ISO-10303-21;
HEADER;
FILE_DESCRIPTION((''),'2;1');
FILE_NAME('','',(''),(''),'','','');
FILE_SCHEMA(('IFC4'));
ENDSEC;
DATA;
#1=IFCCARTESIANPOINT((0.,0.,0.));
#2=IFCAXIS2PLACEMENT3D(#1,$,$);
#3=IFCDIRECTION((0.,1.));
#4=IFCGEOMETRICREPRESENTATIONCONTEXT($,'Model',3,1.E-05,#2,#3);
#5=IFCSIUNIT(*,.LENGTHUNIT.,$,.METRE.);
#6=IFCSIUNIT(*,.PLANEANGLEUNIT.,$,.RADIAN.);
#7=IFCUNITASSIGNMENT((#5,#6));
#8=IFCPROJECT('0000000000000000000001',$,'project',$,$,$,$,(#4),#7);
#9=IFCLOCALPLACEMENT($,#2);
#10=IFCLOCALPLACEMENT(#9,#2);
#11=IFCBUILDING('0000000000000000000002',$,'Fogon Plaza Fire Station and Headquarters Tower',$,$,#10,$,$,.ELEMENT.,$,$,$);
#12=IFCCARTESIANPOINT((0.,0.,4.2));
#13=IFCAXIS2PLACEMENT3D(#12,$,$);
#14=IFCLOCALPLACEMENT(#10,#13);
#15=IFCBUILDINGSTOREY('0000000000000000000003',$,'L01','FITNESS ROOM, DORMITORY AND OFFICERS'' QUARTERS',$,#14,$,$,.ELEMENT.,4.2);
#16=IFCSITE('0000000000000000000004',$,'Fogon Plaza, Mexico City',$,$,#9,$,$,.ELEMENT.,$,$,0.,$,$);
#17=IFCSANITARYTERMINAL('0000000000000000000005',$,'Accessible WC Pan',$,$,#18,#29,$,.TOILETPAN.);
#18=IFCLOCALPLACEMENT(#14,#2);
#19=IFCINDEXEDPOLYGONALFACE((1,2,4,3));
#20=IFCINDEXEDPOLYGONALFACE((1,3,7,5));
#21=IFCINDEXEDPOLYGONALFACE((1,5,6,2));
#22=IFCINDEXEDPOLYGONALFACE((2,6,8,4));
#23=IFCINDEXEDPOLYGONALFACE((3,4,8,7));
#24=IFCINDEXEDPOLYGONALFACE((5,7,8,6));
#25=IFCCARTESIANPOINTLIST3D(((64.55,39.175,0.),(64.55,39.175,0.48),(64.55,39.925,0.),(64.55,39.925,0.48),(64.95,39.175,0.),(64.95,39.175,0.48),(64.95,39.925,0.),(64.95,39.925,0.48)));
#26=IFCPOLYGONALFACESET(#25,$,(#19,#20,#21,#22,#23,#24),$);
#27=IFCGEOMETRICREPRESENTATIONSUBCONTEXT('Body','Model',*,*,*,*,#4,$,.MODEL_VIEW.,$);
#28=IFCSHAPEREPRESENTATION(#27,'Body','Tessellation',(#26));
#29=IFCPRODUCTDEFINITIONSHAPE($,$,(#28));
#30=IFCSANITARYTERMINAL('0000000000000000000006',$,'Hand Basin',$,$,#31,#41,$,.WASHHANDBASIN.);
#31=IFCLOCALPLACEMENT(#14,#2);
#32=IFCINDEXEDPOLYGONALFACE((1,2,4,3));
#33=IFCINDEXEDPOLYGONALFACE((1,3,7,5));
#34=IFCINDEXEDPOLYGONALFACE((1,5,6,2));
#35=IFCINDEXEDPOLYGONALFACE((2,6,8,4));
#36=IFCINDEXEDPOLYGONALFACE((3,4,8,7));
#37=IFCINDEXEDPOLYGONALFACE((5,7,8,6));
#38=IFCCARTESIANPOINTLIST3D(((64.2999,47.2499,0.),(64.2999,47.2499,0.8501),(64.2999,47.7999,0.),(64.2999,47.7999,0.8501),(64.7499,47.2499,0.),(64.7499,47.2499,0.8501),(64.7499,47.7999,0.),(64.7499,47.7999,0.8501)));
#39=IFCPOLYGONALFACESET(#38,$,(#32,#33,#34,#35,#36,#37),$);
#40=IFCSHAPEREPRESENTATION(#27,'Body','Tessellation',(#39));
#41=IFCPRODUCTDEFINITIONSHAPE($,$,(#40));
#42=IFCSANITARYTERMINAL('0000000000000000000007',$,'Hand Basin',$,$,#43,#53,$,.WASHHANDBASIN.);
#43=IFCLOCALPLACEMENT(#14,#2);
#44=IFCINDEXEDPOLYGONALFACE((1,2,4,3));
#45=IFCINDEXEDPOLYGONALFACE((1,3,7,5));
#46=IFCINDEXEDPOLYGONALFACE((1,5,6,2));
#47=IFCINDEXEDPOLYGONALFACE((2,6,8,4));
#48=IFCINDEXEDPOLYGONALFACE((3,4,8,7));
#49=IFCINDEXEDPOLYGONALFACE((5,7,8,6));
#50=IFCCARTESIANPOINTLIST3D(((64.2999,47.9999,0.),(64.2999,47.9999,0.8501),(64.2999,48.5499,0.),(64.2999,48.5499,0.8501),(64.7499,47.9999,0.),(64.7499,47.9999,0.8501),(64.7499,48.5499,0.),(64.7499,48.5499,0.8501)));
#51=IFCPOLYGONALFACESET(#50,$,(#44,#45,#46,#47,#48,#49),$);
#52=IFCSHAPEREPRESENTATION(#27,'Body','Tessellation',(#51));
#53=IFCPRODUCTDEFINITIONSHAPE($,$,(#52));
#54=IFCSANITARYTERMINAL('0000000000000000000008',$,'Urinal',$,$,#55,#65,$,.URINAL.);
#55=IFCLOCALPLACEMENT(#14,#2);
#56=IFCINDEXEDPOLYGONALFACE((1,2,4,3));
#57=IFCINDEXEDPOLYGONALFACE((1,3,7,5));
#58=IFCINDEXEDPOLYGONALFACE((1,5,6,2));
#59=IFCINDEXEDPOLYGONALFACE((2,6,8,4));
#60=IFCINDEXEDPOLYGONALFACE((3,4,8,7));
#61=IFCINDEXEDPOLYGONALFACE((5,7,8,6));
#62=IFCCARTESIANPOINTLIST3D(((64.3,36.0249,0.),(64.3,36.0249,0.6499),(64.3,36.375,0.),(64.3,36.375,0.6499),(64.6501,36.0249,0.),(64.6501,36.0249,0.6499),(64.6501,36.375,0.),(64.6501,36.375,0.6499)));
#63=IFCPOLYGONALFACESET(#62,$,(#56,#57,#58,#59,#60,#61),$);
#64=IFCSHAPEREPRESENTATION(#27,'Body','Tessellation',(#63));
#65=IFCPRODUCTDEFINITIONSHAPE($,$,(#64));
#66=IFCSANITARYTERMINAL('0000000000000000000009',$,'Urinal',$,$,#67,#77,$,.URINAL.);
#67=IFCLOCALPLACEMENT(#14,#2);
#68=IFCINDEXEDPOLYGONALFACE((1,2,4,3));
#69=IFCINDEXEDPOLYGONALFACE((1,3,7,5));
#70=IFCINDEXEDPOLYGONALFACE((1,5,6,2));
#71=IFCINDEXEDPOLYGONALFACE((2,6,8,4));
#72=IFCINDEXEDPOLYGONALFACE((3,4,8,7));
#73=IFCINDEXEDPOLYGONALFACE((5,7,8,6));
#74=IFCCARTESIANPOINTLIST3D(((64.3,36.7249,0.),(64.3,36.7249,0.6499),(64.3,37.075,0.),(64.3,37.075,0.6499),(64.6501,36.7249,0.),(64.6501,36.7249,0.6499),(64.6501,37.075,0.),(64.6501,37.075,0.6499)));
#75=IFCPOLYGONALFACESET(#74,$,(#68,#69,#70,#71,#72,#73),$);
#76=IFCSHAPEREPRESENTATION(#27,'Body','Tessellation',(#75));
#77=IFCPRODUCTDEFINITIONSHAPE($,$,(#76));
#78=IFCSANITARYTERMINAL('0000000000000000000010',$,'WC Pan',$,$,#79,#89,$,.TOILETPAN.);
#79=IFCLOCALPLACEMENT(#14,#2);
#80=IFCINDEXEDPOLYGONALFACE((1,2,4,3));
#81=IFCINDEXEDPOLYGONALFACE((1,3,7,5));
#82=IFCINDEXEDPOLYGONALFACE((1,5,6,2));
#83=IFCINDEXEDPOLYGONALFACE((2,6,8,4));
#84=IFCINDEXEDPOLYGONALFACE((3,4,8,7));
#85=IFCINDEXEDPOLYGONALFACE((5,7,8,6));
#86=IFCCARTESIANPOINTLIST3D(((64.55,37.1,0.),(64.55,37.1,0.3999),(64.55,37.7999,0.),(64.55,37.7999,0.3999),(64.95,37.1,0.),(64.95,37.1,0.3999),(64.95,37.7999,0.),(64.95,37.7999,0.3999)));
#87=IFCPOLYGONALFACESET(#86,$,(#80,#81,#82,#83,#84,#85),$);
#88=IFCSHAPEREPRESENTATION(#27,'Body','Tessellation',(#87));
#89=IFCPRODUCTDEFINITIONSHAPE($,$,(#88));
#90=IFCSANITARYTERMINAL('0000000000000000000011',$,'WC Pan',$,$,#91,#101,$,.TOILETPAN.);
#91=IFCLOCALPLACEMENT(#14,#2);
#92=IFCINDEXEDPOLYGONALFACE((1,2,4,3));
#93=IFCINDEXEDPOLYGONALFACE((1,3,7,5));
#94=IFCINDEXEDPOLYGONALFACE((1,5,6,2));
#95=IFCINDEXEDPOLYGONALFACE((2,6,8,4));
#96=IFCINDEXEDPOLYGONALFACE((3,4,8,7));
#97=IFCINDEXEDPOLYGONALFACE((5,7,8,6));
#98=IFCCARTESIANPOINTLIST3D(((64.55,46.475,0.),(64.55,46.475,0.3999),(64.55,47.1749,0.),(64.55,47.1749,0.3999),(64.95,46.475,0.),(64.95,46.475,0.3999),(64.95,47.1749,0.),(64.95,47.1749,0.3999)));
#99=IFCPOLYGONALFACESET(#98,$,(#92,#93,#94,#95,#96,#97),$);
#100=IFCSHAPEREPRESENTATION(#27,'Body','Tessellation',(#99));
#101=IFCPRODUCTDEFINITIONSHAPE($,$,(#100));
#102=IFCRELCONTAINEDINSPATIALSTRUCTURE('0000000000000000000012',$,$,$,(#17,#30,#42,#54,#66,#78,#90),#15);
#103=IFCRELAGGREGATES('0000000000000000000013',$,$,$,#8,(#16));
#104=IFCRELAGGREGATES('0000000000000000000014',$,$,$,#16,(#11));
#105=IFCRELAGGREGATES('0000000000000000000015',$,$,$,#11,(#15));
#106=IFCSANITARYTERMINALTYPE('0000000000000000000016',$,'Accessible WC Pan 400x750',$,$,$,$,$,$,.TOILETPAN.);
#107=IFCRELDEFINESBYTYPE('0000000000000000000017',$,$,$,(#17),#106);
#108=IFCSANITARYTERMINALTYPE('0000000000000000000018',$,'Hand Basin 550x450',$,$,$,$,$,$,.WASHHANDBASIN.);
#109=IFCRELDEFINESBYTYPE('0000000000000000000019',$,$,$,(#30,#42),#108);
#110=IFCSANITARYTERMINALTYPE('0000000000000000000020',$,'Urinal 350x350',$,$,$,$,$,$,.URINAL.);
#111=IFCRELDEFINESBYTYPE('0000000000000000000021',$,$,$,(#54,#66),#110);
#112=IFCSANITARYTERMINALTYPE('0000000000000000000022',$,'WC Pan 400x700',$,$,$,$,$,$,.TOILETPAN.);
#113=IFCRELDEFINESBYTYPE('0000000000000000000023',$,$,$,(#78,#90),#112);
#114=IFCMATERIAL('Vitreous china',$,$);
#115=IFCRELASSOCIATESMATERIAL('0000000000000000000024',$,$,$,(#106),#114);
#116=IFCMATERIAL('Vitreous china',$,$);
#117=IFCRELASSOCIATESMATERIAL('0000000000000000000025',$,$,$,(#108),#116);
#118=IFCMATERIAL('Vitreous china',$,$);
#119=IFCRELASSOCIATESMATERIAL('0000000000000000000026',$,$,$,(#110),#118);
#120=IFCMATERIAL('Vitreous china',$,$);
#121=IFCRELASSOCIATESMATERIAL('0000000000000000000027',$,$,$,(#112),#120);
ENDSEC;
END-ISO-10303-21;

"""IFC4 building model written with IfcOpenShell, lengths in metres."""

from ifc_helpers import new_model, si_unit, direction, frame, origin, origin_2d, place, context, subcontext, project, spatial, rectangle, extrude, material, type_object, element, save


model = new_model("IFC4")

# Units and contexts
model_context = context("Model", 3, precision=1e-05, world=origin(), true_north=direction((0.0, 1.0)))
body_context = subcontext(model_context, "Body", "Model", "MODEL_VIEW")
ifc_project = project(units=[si_unit("LENGTHUNIT", "METRE"), si_unit("PLANEANGLEUNIT", "RADIAN")], contexts=[model_context])

# Site, building, storey
site_placement = place(None, origin())
site = spatial("IfcSite", under=ifc_project, at=site_placement, Name="Fogon Plaza, Mexico City", CompositionType="ELEMENT", RefElevation=0.0)
building_placement = place(site_placement, origin())
building = spatial("IfcBuilding", under=site, at=building_placement, Name="Fogon Plaza Fire Station and Headquarters Tower", CompositionType="ELEMENT")
storey_placement = place(building_placement, frame((0.0, 0.0, 4.2)))
storey = spatial("IfcBuildingStorey", under=building, at=storey_placement, Name="L01", Description="FITNESS ROOM, DORMITORY AND OFFICERS' QUARTERS", CompositionType="ELEMENT", Elevation=4.2)

# Sanitary terminals
ifc_material_1 = material(Name="Vitreous china")
sanitary_terminal_type_1 = type_object("IfcSanitaryTerminalType", Name="Accessible WC Pan 400x750", PredefinedType="TOILETPAN", material=ifc_material_1)
sanitary_terminal_1_placement = place(storey_placement, frame((64.75, 39.55, 0.0), z_axis=(0.0, 0.0, 1.0), x_axis=(1.0, 0.0, 0.0)))
element("IfcSanitaryTerminal", 1, at=sanitary_terminal_1_placement, inside=storey, type_object=sanitary_terminal_type_1, Name="Accessible WC Pan", PredefinedType="TOILETPAN", context=body_context, shape_type="SweptSolid", body=[
    extrude(rectangle(XDim=0.3999, YDim=0.75, at=origin_2d()), origin(), (0.0, 0.0, 1.0), 0.48),
])
ifc_material_2 = material(Name="Vitreous china")
sanitary_terminal_type_2 = type_object("IfcSanitaryTerminalType", Name="Hand Basin 550x450", PredefinedType="WASHHANDBASIN", material=ifc_material_2)
for number, where, z_axis, x_axis, name in (
    (2, (64.5249, 47.5249, 0.0), (0.0, 0.0, 1.0), (1.0, 0.0, 0.0), "Hand Basin"),
    (3, (64.5249, 48.2749, 0.0), (0.0, 0.0, 1.0), (1.0, 0.0, 0.0), "Hand Basin"),
):
    element("IfcSanitaryTerminal", number, at=place(storey_placement, frame(where, z_axis=z_axis, x_axis=x_axis)), inside=storey, type_object=sanitary_terminal_type_2, Name=name, PredefinedType="WASHHANDBASIN", context=body_context, shape_type="SweptSolid", body=[
        extrude(rectangle(XDim=0.45, YDim=0.55, at=origin_2d()), origin(), (0.0, 0.0, 1.0), 0.8501),
    ])
ifc_material_3 = material(Name="Vitreous china")
sanitary_terminal_type_3 = type_object("IfcSanitaryTerminalType", Name="Urinal 350x350", PredefinedType="URINAL", material=ifc_material_3)
for number, where, z_axis, x_axis, name in (
    (4, (64.4751, 36.2, 0.0), (0.0, 0.0, 1.0), (1.0, 0.0, 0.0), "Urinal"),
    (5, (64.4751, 36.8999, 0.0), (0.0, 0.0, 1.0), (1.0, 0.0, 0.0), "Urinal"),
):
    element("IfcSanitaryTerminal", number, at=place(storey_placement, frame(where, z_axis=z_axis, x_axis=x_axis)), inside=storey, type_object=sanitary_terminal_type_3, Name=name, PredefinedType="URINAL", context=body_context, shape_type="SweptSolid", body=[
        extrude(rectangle(XDim=0.3501, YDim=0.3501, at=origin_2d()), origin(), (0.0, 0.0, 1.0), 0.6499),
    ])
ifc_material_4 = material(Name="Vitreous china")
sanitary_terminal_type_4 = type_object("IfcSanitaryTerminalType", Name="WC Pan 400x700", PredefinedType="TOILETPAN", material=ifc_material_4)
for number, where, z_axis, x_axis, name in (
    (6, (64.75, 37.45, 0.0), (0.0, 0.0, 1.0), (1.0, 0.0, 0.0), "WC Pan"),
    (7, (64.75, 46.825, 0.0), (0.0, 0.0, 1.0), (1.0, 0.0, 0.0), "WC Pan"),
):
    element("IfcSanitaryTerminal", number, at=place(storey_placement, frame(where, z_axis=z_axis, x_axis=x_axis)), inside=storey, type_object=sanitary_terminal_type_4, Name=name, PredefinedType="TOILETPAN", context=body_context, shape_type="SweptSolid", body=[
        extrude(rectangle(XDim=0.3999, YDim=0.7, at=origin_2d()), origin(), (0.0, 0.0, 1.0), 0.3999),
    ])

save(model, "model.ifc")
